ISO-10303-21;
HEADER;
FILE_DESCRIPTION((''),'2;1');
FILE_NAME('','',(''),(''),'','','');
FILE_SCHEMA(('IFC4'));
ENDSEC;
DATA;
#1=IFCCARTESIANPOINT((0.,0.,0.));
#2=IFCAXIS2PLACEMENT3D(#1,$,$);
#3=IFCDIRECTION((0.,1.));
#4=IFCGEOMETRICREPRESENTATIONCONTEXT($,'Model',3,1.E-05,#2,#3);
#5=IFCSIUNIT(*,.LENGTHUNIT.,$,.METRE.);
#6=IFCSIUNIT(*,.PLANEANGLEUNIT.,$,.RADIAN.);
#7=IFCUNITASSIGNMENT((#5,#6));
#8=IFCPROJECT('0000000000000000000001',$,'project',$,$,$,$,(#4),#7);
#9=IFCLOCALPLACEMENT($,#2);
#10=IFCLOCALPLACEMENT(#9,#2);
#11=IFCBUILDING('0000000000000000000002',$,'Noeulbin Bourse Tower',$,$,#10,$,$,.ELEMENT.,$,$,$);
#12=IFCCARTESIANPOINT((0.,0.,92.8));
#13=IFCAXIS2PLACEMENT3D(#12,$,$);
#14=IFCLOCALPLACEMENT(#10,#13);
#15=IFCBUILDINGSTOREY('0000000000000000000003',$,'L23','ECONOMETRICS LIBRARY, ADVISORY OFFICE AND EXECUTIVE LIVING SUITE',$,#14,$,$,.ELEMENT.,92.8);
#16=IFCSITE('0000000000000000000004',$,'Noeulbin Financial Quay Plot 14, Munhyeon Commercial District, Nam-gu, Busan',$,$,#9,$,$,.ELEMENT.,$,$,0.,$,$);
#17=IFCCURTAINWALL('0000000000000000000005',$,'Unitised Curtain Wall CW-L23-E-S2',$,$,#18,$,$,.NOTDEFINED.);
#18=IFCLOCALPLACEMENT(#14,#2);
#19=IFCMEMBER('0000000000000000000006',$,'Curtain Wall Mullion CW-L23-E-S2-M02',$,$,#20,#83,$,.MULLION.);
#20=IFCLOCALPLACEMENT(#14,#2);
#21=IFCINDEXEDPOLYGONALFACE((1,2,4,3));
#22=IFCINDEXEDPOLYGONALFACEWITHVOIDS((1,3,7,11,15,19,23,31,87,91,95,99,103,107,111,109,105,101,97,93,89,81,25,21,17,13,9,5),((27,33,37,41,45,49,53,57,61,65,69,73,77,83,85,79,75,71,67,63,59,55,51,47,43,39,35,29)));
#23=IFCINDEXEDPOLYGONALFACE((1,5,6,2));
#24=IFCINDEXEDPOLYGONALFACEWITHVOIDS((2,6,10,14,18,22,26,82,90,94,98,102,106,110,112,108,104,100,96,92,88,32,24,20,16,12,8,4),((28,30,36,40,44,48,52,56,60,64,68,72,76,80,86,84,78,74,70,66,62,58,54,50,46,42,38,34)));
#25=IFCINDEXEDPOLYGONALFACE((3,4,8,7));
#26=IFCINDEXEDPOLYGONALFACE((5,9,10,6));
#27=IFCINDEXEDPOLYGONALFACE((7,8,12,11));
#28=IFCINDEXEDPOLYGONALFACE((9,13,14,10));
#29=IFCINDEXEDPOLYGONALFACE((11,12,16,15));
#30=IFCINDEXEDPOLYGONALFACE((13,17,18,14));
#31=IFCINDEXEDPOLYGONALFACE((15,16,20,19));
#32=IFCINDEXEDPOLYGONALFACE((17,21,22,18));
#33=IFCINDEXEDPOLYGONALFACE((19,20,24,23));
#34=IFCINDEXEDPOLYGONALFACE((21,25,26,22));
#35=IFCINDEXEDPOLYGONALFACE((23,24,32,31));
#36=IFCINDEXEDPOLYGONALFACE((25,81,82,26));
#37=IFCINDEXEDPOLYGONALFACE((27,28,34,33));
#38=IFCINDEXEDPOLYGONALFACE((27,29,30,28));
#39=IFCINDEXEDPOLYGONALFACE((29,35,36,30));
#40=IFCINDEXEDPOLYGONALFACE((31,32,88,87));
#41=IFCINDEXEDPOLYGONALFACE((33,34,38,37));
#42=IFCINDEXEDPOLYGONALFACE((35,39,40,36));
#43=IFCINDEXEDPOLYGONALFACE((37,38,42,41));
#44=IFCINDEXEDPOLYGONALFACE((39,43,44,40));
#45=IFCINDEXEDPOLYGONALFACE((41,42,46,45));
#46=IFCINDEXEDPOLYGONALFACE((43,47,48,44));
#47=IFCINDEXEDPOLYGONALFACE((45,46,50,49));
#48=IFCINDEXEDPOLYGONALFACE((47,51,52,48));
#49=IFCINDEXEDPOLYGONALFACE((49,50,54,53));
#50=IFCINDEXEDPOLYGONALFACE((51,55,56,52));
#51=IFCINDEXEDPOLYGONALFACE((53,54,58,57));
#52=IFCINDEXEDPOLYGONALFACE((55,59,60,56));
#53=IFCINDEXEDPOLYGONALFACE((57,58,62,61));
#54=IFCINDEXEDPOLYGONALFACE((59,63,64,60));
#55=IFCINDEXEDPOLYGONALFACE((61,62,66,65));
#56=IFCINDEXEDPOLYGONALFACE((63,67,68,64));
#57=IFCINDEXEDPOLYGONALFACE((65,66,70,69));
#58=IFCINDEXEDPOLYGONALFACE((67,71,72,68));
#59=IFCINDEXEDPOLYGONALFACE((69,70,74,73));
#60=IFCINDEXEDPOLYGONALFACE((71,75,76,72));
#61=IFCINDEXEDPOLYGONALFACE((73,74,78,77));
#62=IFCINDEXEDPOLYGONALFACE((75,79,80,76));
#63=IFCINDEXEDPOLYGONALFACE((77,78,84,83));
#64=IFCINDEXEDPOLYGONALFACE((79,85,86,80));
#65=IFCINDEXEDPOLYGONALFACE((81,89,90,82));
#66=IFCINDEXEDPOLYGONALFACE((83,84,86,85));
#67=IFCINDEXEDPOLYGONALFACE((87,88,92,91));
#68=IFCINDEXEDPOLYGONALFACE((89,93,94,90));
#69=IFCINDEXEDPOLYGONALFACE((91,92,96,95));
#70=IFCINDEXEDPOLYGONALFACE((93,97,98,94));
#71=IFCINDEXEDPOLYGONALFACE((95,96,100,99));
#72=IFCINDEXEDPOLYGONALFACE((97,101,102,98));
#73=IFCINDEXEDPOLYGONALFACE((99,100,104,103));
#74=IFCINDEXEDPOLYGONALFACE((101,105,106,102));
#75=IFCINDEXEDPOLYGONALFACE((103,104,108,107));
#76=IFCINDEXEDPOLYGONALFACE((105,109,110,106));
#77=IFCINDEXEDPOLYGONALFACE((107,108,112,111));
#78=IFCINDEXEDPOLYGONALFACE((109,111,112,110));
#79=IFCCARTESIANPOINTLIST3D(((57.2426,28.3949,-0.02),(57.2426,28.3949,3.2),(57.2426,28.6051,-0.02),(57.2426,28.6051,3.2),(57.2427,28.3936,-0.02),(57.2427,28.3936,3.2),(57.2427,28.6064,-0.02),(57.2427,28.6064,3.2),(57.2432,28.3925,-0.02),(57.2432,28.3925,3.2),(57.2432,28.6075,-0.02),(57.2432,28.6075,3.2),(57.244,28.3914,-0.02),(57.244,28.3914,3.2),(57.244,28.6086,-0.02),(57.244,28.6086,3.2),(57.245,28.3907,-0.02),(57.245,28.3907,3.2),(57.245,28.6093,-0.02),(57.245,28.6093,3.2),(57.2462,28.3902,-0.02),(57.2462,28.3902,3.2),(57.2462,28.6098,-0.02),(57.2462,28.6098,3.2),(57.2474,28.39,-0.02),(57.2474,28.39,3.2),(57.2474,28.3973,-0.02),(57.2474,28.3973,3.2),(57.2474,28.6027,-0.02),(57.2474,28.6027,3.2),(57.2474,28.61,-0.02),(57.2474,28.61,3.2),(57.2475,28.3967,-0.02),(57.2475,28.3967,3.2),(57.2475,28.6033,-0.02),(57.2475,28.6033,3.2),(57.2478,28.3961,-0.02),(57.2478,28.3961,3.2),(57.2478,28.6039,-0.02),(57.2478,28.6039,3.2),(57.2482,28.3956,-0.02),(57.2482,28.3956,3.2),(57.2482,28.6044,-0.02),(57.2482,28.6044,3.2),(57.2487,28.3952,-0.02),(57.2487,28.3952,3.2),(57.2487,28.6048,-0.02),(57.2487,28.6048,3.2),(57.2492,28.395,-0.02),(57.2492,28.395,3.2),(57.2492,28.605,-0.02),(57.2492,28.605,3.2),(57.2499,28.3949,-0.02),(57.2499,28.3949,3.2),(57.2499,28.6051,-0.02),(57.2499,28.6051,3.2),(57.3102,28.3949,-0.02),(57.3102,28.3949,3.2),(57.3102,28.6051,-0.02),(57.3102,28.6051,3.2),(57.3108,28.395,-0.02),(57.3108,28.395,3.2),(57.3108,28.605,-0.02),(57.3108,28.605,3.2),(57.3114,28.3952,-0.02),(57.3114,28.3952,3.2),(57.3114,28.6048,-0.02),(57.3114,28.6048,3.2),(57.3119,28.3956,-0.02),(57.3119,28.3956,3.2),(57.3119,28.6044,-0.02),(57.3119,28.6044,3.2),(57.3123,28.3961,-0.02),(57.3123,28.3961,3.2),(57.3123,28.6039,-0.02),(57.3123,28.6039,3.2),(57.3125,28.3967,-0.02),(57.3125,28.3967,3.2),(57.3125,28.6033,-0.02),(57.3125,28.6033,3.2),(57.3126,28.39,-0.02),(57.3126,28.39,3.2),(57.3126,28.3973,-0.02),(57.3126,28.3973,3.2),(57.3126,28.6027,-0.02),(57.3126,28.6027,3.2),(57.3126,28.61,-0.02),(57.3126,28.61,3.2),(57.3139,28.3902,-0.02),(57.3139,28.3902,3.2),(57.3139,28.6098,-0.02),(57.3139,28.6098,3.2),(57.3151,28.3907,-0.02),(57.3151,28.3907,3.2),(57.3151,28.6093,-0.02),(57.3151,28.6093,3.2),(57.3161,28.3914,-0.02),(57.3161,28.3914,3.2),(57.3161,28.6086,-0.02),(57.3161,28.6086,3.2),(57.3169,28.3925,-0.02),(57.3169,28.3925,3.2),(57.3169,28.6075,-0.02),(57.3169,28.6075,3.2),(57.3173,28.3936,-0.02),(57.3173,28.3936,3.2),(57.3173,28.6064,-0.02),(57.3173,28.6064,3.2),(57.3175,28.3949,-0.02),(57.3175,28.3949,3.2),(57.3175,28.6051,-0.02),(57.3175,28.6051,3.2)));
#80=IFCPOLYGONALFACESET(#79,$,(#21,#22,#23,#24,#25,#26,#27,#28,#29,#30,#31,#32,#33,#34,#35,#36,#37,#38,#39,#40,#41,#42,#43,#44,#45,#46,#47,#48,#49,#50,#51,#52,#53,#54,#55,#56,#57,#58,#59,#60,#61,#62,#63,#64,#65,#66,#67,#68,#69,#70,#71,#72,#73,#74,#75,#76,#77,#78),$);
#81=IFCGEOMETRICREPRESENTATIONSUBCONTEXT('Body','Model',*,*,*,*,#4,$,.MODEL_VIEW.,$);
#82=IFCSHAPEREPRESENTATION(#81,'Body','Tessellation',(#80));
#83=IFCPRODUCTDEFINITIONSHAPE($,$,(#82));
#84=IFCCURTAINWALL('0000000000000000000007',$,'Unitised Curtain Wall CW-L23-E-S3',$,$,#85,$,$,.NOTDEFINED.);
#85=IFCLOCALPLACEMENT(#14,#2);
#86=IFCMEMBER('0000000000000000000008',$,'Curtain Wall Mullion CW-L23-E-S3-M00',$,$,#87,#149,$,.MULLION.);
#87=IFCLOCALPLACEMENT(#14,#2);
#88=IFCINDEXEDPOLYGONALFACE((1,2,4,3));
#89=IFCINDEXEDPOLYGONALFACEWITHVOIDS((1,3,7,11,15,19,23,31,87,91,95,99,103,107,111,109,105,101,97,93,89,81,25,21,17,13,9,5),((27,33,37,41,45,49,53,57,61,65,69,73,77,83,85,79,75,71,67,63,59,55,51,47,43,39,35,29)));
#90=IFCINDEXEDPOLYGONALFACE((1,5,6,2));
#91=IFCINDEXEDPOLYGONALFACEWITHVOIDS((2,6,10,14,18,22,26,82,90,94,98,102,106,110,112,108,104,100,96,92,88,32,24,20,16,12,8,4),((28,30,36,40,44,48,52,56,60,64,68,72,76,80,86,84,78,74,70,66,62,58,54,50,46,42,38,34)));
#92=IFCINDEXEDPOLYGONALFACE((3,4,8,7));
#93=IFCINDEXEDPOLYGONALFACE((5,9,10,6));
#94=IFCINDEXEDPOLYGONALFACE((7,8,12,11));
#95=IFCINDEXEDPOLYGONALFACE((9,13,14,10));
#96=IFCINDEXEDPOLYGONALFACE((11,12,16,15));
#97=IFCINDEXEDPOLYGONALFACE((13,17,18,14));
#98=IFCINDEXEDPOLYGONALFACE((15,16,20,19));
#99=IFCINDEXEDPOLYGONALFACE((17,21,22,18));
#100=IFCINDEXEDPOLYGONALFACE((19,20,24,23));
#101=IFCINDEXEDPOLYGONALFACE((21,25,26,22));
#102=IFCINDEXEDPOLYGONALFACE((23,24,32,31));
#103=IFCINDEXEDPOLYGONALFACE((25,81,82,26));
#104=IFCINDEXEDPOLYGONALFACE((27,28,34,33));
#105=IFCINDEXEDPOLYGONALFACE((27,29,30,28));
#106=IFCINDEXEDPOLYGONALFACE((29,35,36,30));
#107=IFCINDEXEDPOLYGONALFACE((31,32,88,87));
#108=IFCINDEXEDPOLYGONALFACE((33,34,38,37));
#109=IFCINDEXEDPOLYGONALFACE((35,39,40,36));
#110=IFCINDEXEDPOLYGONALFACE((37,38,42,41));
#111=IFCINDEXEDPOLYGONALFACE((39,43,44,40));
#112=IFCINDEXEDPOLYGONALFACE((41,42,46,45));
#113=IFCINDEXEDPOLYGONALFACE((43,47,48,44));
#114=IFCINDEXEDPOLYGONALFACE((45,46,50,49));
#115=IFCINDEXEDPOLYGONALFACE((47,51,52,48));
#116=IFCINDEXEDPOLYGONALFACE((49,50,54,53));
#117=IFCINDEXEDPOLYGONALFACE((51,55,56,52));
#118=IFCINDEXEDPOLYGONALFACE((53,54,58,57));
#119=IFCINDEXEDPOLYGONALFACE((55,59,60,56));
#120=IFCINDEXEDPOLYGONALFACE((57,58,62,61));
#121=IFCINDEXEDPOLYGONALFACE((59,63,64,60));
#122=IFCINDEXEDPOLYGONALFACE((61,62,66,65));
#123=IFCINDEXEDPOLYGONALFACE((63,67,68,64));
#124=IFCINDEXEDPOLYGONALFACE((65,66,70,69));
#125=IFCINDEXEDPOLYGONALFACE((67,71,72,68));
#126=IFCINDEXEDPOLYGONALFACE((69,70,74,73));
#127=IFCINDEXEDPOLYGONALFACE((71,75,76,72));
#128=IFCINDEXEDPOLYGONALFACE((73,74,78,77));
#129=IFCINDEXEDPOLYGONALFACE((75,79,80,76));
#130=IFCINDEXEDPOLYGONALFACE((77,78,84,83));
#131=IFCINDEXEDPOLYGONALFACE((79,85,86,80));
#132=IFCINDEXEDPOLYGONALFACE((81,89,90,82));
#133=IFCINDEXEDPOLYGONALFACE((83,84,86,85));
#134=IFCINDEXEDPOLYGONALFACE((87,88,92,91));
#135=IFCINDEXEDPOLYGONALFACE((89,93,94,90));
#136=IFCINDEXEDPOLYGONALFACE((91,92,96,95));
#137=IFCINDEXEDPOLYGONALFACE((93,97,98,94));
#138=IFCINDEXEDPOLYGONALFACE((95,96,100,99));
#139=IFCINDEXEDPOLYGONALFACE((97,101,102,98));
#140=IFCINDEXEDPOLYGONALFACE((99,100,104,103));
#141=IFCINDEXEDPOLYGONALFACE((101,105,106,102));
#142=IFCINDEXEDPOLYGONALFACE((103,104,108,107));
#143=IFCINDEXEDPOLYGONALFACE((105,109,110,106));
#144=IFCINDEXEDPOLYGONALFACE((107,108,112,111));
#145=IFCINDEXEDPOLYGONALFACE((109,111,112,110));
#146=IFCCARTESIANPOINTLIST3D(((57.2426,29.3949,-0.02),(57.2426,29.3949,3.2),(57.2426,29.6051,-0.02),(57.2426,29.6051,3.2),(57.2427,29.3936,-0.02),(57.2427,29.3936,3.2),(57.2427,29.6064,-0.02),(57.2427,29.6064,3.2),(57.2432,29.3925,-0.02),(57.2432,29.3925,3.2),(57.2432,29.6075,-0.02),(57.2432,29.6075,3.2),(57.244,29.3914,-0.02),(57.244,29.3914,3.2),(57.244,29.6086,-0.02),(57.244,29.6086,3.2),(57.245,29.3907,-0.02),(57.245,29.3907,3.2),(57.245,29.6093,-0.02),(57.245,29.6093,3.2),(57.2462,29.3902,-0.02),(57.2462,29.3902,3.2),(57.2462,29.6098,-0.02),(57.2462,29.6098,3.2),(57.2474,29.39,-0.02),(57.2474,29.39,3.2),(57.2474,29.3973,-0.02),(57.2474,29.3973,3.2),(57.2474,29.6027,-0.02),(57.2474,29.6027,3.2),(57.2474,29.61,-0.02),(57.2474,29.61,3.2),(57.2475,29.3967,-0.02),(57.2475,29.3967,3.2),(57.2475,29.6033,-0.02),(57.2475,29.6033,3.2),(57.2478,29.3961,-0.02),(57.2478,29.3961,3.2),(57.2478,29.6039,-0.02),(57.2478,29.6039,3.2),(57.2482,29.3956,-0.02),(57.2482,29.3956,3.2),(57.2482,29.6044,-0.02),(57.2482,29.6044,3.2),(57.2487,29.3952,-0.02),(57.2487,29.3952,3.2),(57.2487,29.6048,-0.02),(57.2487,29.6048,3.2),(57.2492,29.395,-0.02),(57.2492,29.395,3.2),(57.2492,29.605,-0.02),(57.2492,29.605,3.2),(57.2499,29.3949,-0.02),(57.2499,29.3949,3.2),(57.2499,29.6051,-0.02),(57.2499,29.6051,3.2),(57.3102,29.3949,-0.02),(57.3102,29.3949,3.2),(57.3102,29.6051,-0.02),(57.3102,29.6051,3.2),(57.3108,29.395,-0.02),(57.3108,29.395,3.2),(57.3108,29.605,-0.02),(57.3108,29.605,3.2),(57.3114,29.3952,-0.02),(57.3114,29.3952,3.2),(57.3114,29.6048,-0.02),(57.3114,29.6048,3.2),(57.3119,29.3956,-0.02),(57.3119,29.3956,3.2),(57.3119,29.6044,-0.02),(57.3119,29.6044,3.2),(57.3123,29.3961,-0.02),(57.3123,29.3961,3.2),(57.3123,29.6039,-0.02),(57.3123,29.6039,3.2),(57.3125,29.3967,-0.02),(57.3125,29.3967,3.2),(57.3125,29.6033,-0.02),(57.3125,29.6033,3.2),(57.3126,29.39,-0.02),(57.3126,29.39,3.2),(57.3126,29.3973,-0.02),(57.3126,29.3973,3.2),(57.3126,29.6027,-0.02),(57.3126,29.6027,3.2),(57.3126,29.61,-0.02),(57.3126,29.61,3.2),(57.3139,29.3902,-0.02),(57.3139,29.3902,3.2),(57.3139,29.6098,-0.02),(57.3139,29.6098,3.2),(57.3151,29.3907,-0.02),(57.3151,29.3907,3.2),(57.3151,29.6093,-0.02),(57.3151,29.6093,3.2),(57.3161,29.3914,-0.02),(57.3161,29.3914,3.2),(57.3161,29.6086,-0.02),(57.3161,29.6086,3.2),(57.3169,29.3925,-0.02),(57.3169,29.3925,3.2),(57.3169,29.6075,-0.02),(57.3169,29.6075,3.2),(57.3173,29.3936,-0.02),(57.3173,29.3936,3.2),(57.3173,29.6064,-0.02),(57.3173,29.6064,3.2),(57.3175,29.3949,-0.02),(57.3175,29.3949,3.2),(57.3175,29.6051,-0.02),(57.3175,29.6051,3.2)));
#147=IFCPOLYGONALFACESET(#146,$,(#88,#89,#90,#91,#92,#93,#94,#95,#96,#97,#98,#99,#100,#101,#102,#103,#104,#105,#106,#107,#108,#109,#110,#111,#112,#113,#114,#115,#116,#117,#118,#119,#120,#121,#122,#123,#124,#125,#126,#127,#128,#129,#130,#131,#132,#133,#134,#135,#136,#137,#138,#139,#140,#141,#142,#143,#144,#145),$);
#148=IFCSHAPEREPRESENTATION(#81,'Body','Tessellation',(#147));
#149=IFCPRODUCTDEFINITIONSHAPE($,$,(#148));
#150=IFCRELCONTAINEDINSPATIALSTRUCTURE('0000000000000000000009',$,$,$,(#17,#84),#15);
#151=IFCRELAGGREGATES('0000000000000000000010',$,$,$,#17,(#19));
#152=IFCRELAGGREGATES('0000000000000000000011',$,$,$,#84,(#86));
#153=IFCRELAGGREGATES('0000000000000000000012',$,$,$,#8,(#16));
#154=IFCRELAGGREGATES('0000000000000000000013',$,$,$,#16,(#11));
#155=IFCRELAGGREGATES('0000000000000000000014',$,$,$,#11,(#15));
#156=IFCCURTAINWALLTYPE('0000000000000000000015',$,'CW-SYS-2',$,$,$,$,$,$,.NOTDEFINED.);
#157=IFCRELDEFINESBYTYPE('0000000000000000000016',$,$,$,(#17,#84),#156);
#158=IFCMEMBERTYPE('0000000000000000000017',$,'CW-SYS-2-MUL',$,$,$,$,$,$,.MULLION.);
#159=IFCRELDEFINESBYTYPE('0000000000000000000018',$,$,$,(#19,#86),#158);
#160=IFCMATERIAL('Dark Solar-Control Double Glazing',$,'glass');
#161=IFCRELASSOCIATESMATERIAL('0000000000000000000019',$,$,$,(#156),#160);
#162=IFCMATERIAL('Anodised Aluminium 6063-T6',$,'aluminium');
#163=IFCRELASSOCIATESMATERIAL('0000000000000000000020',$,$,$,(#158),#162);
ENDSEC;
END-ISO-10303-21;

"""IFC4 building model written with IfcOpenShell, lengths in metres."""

from ifc_helpers import new_model, si_unit, direction, frame, origin, origin_2d, place, context, subcontext, project, spatial, hollow_rectangle, extrude, material, material_profile, profile_set, type_object, element, aggregate, save


model = new_model("IFC4")

# Units and contexts
model_context = context("Model", 3, precision=1e-05, world=origin(), true_north=direction((0.0, 1.0)))
body_context = subcontext(model_context, "Body", "Model", "MODEL_VIEW")
ifc_project = project(units=[si_unit("LENGTHUNIT", "METRE"), si_unit("PLANEANGLEUNIT", "RADIAN")], contexts=[model_context])

# Site, building, storey
site_placement = place(None, origin())
site = spatial("IfcSite", under=ifc_project, at=site_placement, Name="Noeulbin Financial Quay Plot 14, Munhyeon Commercial District, Nam-gu, Busan", CompositionType="ELEMENT", RefElevation=0.0)
building_placement = place(site_placement, origin())
building = spatial("IfcBuilding", under=site, at=building_placement, Name="Noeulbin Bourse Tower", CompositionType="ELEMENT")
storey_placement = place(building_placement, frame((0.0, 0.0, 92.8)))
storey = spatial("IfcBuildingStorey", under=building, at=storey_placement, Name="L23", Description="ECONOMETRICS LIBRARY, ADVISORY OFFICE AND EXECUTIVE LIVING SUITE", CompositionType="ELEMENT", Elevation=92.8)

# Shared definitions
ifc_material_1 = material(Name="Dark Solar-Control Double Glazing", Category="glass")
curtain_wall_type = type_object("IfcCurtainWallType", Name="CW-SYS-2", PredefinedType="NOTDEFINED", material=ifc_material_1)
ifc_material_2 = material(Name="Anodised Aluminium 6063-T6", Category="aluminium")
ifc_material_profile_1 = material_profile(ifc_material_2, hollow_rectangle(XDim=0.075, YDim=0.22, WallThickness=0.0049, InnerFilletRadius=0.0024, OuterFilletRadius=0.0049, at=origin_2d()), Name="ALU-MULL-75x220x5", Category="LoadBearing")
ifc_profile_set_1 = profile_set([ifc_material_profile_1], Name="Anodised Aluminium 6063-T6")
member_type_1 = type_object("IfcMemberType", Name="CW-SYS-2-MUL", PredefinedType="MULLION", material=ifc_profile_set_1)

# Curtain wall, member
curtain_wall_1_placement = place(storey_placement, origin())
curtain_wall_1 = element("IfcCurtainWall", 1, at=curtain_wall_1_placement, inside=storey, type_object=curtain_wall_type, Name="Unitised Curtain Wall CW-L23-E-S2", PredefinedType="NOTDEFINED")
member_1_placement = place(storey_placement, frame((57.28, 28.5, -0.02), z_axis=(0.0, 0.0, 1.0), x_axis=(1.0, 0.0, 0.0)))
member_1 = element("IfcMember", 2, at=member_1_placement, type_object=member_type_1, Name="Curtain Wall Mullion CW-L23-E-S2-M02", PredefinedType="MULLION", context=body_context, shape_type="SweptSolid", body=[
    extrude(hollow_rectangle(XDim=0.075, YDim=0.22, WallThickness=0.0049, InnerFilletRadius=0.0024, OuterFilletRadius=0.0049, at=origin_2d()), origin(), (0.0, 0.0, 1.0), 3.22),
])
aggregate(curtain_wall_1, [member_1])

# Curtain wall, member
curtain_wall_2_placement = place(storey_placement, origin())
curtain_wall_2 = element("IfcCurtainWall", 3, at=curtain_wall_2_placement, inside=storey, type_object=curtain_wall_type, Name="Unitised Curtain Wall CW-L23-E-S3", PredefinedType="NOTDEFINED")
member_2_placement = place(storey_placement, frame((57.28, 29.5, -0.02), z_axis=(0.0, 0.0, 1.0), x_axis=(1.0, 0.0, 0.0)))
member_2 = element("IfcMember", 4, at=member_2_placement, type_object=member_type_1, Name="Curtain Wall Mullion CW-L23-E-S3-M00", PredefinedType="MULLION", context=body_context, shape_type="SweptSolid", body=[
    extrude(hollow_rectangle(XDim=0.075, YDim=0.22, WallThickness=0.0049, InnerFilletRadius=0.0024, OuterFilletRadius=0.0049, at=origin_2d()), origin(), (0.0, 0.0, 1.0), 3.22),
])

aggregate(curtain_wall_2, [member_2])

save(model, "model.ifc")
